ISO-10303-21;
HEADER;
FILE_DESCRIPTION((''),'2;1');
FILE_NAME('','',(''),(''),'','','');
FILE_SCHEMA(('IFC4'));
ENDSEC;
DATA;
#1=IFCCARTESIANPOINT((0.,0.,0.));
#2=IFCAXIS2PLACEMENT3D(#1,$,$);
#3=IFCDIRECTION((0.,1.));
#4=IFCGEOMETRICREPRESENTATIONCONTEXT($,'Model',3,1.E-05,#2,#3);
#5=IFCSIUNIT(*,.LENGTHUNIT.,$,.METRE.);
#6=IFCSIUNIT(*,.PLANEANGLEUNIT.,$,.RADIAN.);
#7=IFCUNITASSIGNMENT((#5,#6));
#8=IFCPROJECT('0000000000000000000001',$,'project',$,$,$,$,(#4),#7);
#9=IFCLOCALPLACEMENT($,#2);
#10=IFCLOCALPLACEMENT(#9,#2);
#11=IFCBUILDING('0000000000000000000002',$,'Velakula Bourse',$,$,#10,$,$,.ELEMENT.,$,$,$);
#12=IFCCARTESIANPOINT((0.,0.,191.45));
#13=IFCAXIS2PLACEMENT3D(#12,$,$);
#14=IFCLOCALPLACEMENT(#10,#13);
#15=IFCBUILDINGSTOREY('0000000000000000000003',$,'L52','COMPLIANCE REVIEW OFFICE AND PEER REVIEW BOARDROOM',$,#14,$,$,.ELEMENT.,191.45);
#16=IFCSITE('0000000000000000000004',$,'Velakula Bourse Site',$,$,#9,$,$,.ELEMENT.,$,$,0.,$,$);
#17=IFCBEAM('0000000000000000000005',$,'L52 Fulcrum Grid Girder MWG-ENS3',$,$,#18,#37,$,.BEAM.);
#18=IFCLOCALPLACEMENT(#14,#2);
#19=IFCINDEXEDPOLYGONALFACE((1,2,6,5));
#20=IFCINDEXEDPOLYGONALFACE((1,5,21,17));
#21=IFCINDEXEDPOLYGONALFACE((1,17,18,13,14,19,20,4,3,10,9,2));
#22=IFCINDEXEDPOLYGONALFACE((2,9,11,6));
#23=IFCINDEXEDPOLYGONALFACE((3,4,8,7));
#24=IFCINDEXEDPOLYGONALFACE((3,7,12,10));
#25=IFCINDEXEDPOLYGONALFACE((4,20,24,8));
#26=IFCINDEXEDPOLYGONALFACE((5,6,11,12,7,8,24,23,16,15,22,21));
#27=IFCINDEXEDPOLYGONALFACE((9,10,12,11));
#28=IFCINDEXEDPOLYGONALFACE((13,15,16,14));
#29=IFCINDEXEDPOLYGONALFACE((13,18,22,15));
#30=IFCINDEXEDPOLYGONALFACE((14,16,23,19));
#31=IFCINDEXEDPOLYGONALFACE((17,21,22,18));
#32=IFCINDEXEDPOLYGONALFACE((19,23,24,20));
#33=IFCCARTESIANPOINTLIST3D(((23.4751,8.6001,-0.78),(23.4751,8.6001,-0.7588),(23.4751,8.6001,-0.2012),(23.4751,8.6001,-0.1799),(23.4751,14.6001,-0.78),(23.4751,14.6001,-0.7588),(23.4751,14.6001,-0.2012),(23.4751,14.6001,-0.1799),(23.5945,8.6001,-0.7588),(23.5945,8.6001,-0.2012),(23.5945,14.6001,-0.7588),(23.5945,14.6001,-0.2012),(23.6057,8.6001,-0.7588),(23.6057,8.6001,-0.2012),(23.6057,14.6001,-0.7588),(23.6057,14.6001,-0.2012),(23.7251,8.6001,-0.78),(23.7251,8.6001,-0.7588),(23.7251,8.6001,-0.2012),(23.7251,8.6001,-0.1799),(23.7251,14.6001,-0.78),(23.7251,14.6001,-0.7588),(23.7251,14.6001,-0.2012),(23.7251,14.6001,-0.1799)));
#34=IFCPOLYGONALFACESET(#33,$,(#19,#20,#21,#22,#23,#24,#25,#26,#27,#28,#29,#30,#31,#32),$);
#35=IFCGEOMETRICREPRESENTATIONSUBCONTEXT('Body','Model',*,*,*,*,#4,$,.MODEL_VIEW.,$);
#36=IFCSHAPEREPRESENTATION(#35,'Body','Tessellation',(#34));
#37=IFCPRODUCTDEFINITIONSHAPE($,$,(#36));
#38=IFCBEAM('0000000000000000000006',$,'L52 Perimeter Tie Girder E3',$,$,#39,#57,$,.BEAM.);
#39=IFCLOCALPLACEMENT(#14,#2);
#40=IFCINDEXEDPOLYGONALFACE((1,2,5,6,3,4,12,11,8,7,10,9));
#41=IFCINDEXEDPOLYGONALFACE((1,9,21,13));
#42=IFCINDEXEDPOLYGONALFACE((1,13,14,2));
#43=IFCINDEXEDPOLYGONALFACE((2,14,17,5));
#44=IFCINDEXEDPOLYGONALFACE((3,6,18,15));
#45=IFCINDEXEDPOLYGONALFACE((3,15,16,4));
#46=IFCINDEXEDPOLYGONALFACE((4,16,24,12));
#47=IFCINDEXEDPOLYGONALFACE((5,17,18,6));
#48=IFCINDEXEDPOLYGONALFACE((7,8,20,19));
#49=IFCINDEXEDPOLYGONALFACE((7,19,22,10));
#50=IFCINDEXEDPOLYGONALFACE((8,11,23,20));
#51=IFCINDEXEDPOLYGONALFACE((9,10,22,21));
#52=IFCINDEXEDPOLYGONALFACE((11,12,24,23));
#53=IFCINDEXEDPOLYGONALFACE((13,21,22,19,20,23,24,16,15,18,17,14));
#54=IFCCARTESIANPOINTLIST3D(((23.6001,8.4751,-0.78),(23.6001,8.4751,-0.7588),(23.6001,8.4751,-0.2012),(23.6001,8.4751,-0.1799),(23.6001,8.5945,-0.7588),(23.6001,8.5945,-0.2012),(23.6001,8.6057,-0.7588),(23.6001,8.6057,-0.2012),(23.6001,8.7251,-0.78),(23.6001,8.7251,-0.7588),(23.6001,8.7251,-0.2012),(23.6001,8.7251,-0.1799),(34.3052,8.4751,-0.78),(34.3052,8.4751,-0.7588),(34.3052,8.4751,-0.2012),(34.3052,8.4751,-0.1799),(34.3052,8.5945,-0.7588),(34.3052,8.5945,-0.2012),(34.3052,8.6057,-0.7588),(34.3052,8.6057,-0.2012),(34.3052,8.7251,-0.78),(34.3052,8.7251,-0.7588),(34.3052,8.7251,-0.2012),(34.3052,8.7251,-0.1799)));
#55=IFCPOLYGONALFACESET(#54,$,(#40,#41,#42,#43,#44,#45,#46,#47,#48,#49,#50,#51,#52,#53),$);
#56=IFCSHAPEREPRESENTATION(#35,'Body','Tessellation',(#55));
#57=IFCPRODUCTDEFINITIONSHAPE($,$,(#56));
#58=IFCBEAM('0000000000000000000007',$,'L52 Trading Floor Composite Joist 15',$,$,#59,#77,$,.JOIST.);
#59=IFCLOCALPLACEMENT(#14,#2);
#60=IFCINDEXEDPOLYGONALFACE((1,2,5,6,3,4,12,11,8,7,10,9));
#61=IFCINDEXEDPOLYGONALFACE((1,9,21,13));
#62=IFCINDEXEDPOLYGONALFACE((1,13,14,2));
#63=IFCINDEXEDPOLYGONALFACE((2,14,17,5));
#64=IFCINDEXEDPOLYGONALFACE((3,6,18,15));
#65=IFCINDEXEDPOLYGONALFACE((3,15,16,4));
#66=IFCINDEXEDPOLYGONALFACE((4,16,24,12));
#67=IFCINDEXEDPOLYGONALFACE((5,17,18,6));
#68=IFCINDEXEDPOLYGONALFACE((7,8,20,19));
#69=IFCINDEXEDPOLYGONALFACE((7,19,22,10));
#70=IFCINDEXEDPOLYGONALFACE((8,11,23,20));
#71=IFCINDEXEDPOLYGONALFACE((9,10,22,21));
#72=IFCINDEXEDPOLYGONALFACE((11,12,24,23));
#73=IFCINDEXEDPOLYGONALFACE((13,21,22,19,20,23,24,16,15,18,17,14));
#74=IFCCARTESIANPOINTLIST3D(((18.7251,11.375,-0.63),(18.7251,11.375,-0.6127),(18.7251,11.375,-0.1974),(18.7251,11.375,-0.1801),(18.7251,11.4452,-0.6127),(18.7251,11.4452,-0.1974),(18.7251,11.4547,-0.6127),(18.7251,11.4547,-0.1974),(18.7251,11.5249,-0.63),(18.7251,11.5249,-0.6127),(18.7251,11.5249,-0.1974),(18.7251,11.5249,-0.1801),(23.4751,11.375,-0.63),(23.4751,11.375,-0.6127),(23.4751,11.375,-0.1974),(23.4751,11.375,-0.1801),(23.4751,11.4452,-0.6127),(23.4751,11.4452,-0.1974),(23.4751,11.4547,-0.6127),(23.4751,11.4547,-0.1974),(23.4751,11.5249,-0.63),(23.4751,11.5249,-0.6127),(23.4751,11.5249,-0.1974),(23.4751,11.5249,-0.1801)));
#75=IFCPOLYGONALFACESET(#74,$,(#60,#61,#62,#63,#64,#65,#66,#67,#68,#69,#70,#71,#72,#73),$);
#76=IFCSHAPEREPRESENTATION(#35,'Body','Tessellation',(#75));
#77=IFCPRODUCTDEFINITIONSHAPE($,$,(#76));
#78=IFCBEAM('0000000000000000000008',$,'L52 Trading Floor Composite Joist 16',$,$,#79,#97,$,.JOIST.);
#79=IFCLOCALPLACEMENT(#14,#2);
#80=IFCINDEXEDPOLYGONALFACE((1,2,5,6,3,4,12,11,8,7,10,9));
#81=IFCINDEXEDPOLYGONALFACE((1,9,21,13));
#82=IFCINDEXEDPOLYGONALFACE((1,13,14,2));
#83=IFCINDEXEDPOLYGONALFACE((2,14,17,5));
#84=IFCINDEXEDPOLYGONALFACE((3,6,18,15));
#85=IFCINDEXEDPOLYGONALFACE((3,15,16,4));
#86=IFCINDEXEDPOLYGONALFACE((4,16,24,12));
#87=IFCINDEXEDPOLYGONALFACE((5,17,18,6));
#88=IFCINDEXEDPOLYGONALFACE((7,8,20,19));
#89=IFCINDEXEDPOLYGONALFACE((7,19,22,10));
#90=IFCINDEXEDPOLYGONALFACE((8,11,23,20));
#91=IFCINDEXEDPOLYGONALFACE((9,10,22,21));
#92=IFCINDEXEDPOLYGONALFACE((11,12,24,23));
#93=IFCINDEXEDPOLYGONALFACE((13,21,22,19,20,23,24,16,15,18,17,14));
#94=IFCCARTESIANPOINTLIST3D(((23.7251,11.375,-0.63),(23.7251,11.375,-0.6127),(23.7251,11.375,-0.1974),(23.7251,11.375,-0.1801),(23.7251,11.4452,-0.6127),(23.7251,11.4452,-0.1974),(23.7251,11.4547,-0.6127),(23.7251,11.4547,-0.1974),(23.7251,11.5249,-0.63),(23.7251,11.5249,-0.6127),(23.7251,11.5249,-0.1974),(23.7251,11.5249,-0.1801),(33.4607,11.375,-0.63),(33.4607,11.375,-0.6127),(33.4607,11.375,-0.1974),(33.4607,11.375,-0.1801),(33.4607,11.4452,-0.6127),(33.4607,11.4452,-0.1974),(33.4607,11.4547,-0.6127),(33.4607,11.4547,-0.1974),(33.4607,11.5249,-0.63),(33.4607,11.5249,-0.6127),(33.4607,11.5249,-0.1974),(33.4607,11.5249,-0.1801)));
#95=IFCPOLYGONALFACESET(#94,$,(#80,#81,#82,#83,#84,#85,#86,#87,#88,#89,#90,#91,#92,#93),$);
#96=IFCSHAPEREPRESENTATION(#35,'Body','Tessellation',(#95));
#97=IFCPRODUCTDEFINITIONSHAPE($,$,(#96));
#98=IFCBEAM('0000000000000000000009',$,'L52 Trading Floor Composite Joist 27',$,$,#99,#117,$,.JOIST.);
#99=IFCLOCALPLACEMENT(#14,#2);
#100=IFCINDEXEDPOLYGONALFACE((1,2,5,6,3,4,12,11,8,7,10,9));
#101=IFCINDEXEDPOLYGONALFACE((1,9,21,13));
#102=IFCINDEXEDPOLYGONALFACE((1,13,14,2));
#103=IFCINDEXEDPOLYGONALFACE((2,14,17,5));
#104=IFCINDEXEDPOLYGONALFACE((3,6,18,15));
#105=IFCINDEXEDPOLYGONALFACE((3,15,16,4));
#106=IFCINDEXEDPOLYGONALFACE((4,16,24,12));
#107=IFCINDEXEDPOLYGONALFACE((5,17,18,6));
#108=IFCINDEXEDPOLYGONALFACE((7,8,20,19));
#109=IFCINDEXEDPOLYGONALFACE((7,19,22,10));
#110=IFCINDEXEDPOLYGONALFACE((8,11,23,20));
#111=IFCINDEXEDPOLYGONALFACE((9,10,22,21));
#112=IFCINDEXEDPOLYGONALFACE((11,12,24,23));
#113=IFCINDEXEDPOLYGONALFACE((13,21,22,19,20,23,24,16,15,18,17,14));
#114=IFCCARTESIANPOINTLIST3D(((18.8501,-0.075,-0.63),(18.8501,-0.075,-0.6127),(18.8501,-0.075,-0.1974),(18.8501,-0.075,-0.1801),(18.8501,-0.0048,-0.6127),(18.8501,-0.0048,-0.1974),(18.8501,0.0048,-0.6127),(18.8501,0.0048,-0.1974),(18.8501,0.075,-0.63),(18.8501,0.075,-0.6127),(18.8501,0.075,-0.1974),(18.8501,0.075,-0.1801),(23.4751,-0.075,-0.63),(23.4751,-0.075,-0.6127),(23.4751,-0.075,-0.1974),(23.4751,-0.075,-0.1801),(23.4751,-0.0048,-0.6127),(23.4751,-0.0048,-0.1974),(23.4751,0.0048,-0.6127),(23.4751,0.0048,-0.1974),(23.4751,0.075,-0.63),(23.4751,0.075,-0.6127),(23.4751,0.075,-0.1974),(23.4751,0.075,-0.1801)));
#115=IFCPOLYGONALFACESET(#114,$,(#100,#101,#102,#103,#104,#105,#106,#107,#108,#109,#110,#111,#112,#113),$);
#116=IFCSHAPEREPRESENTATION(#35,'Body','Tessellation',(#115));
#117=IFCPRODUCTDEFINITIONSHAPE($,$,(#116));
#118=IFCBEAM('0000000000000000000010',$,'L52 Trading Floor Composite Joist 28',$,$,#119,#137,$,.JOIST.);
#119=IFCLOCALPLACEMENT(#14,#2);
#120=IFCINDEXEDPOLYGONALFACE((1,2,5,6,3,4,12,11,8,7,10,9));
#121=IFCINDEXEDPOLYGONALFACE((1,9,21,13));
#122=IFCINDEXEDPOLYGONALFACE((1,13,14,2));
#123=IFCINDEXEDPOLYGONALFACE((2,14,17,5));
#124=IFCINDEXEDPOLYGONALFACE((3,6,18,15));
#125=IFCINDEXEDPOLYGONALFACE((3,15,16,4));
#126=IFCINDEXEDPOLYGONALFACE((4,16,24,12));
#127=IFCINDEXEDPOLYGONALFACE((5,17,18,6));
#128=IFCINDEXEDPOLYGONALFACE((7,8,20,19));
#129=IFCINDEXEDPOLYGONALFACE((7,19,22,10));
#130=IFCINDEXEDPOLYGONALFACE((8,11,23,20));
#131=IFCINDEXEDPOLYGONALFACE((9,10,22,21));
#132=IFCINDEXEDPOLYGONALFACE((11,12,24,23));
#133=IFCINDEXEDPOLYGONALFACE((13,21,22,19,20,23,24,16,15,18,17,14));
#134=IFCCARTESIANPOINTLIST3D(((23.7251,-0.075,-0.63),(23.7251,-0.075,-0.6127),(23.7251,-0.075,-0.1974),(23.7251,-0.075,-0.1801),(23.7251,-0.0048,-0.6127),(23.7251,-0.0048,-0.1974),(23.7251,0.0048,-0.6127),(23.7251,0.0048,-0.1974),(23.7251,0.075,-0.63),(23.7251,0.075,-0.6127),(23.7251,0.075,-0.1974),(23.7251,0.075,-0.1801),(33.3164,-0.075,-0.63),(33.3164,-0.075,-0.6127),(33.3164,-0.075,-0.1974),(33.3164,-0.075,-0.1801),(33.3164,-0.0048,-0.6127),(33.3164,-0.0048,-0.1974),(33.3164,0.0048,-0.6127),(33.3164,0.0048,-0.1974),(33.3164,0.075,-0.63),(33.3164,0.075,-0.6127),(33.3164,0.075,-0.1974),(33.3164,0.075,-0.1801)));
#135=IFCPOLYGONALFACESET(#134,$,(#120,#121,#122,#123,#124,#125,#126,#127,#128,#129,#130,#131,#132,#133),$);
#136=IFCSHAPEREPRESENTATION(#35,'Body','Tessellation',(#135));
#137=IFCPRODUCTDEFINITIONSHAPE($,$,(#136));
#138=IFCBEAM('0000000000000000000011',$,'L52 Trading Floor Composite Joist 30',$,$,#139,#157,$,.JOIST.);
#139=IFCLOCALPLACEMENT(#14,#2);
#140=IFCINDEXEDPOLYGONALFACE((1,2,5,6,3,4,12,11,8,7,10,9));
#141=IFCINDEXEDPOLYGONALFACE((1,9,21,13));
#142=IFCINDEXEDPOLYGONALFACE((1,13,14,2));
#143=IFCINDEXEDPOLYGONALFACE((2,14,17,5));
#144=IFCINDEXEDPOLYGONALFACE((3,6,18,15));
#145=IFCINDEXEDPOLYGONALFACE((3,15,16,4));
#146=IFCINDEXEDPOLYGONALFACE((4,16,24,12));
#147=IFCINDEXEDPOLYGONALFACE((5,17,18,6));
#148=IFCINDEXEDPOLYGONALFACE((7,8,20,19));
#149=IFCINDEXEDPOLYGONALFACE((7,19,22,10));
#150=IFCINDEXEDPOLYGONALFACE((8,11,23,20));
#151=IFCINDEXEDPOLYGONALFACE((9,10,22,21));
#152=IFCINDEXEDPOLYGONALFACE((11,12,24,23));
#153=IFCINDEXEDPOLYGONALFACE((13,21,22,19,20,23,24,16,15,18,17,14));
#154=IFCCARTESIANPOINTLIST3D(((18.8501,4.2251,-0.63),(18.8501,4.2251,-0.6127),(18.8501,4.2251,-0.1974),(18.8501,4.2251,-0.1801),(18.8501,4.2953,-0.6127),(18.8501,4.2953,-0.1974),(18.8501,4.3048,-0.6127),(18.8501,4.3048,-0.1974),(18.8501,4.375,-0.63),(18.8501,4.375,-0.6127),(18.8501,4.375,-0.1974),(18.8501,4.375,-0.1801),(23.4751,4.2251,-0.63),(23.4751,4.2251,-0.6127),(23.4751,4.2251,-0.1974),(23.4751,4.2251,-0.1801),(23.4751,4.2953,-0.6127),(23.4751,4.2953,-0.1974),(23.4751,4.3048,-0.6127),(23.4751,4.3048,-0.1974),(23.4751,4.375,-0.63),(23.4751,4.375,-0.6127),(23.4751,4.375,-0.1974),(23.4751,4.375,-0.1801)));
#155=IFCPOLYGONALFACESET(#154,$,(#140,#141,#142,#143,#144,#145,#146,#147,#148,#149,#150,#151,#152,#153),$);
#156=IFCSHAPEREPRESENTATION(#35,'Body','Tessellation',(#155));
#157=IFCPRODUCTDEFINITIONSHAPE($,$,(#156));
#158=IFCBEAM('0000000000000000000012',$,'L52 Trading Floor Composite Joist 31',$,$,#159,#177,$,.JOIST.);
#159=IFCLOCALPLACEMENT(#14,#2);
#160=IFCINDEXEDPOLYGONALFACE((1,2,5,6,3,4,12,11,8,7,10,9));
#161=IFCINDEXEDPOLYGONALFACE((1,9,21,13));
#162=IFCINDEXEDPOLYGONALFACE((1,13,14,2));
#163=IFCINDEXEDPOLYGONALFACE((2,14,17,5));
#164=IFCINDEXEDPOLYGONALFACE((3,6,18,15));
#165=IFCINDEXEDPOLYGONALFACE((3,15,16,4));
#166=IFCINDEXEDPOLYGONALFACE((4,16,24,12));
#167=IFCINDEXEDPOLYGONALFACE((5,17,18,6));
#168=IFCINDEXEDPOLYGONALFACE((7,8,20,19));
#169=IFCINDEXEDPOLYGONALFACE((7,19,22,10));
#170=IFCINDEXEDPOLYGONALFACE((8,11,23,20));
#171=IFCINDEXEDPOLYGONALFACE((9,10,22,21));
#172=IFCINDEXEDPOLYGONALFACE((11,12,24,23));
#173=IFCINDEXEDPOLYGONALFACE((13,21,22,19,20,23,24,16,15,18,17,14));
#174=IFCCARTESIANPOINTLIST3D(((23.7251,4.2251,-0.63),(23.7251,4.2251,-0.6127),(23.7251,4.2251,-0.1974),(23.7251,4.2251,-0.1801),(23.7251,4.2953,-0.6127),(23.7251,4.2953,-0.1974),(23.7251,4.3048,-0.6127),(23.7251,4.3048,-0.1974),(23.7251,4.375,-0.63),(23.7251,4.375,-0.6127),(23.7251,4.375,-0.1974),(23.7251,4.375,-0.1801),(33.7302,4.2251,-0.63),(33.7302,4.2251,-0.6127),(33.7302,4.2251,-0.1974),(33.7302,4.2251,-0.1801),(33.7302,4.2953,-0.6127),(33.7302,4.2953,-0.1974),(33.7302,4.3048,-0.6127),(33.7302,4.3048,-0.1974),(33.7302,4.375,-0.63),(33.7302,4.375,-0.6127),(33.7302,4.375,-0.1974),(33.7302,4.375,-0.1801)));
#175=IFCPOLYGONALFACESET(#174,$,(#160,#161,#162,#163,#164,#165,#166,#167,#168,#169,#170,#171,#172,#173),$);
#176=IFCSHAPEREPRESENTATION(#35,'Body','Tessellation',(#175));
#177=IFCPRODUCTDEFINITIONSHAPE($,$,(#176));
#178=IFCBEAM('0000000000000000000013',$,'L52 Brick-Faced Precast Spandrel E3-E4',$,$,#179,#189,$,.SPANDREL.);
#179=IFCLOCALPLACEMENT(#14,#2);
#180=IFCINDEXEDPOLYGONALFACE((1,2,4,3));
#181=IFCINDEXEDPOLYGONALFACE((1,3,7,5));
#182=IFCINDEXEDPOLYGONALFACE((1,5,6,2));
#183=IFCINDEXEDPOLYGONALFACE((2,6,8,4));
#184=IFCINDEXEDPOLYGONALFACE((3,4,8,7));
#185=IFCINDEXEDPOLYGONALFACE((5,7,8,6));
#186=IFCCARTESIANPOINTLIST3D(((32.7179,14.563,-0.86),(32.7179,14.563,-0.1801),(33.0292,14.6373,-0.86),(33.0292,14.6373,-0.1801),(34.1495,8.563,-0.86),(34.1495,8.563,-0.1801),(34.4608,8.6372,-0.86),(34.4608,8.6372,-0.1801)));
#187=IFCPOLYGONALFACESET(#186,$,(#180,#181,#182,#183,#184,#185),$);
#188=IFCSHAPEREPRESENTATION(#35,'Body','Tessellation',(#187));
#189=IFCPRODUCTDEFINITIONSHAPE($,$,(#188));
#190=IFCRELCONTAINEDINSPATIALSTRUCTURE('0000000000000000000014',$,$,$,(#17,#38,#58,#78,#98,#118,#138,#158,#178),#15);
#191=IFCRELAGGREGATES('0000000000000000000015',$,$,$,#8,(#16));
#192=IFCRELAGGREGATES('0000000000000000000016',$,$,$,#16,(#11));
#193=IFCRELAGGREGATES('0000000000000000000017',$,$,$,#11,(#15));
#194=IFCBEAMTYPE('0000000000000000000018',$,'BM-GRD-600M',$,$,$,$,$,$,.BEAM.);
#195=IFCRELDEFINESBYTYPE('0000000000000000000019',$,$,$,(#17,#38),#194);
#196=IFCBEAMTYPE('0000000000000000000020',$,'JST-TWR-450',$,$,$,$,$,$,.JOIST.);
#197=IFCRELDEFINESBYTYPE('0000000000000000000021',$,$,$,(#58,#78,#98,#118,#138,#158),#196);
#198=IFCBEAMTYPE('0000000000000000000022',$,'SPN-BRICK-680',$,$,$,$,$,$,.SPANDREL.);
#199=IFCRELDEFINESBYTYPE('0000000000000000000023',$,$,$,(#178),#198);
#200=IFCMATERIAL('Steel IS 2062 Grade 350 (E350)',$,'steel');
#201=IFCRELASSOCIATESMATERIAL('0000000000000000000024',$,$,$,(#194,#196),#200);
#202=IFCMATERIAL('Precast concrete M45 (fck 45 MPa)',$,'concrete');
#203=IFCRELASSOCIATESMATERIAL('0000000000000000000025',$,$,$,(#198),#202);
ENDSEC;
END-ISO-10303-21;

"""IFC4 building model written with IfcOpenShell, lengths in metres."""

from ifc_helpers import new_model, si_unit, direction, frame, origin, origin_2d, place, context, subcontext, project, spatial, rectangle, i_section, extrude, material, material_profile, profile_set, type_object, element, save


model = new_model("IFC4")

# Units and contexts
model_context = context("Model", 3, precision=1e-05, world=origin(), true_north=direction((0.0, 1.0)))
body_context = subcontext(model_context, "Body", "Model", "MODEL_VIEW")
ifc_project = project(units=[si_unit("LENGTHUNIT", "METRE"), si_unit("PLANEANGLEUNIT", "RADIAN")], contexts=[model_context])

# Site, building, storey
site_placement = place(None, origin())
site = spatial("IfcSite", under=ifc_project, at=site_placement, Name="Velakula Bourse Site", CompositionType="ELEMENT", RefElevation=0.0)
building_placement = place(site_placement, origin())
building = spatial("IfcBuilding", under=site, at=building_placement, Name="Velakula Bourse", CompositionType="ELEMENT")
storey_placement = place(building_placement, frame((0.0, 0.0, 191.45)))
storey = spatial("IfcBuildingStorey", under=building, at=storey_placement, Name="L52", Description="COMPLIANCE REVIEW OFFICE AND PEER REVIEW BOARDROOM", CompositionType="ELEMENT", Elevation=191.45)

# Shared definitions
ifc_material_1 = material(Name="Steel IS 2062 Grade 350 (E350)", Category="steel")

# Beams
ifc_material_profile_1 = material_profile(ifc_material_1, i_section(OverallWidth=0.25, OverallDepth=0.6001, WebThickness=0.0112, FlangeThickness=0.0212, at=origin_2d()), Name="Steel IS 2062 Grade 350 (E350)")
ifc_profile_set_1 = profile_set([ifc_material_profile_1], Name="Steel IS 2062 Grade 350 (E350)")
beam_type_1 = type_object("IfcBeamType", Name="BM-GRD-600M", PredefinedType="BEAM", material=ifc_profile_set_1)
beam_1_placement = place(storey_placement, frame((23.6001, 8.6001, -0.48), z_axis=(0.0, 1.0, 0.0), x_axis=(-1.0, 0.0, 0.0)))
element("IfcBeam", 1, at=beam_1_placement, inside=storey, type_object=beam_type_1, Name="L52 Fulcrum Grid Girder MWG-ENS3", PredefinedType="BEAM", context=body_context, shape_type="SweptSolid", body=[
    extrude(i_section(OverallWidth=0.25, OverallDepth=0.6001, WebThickness=0.0112, FlangeThickness=0.0212, at=origin_2d()), origin(), (0.0, 0.0, 1.0), 6.0),
])
beam_2_placement = place(storey_placement, frame((23.6001, 8.6001, -0.48), z_axis=(1.0, 0.0, 0.0), x_axis=(0.0, 1.0, 0.0)))
element("IfcBeam", 2, at=beam_2_placement, inside=storey, type_object=beam_type_1, Name="L52 Perimeter Tie Girder E3", PredefinedType="BEAM", context=body_context, shape_type="SweptSolid", body=[
    extrude(i_section(OverallWidth=0.25, OverallDepth=0.6001, WebThickness=0.0112, FlangeThickness=0.0212, at=origin_2d()), origin(), (0.0, 0.0, 1.0), 10.7051),
])
ifc_material_profile_2 = material_profile(ifc_material_1, i_section(OverallWidth=0.1499, OverallDepth=0.45, WebThickness=0.0095, FlangeThickness=0.0173, at=origin_2d()), Name="Steel IS 2062 Grade 350 (E350)")
ifc_profile_set_2 = profile_set([ifc_material_profile_2], Name="Steel IS 2062 Grade 350 (E350)")
beam_type_2 = type_object("IfcBeamType", Name="JST-TWR-450", PredefinedType="JOIST", material=ifc_profile_set_2)
beam_3_placement = place(storey_placement, frame((18.7251, 11.45, -0.405), z_axis=(1.0, 0.0, 0.0), x_axis=(0.0, 1.0, 0.0)))
element("IfcBeam", 3, at=beam_3_placement, inside=storey, type_object=beam_type_2, Name="L52 Trading Floor Composite Joist 15", PredefinedType="JOIST", context=body_context, shape_type="SweptSolid", body=[
    extrude(i_section(OverallWidth=0.1499, OverallDepth=0.45, WebThickness=0.0095, FlangeThickness=0.0173, at=origin_2d()), origin(), (0.0, 0.0, 1.0), 4.75),
])
beam_4_placement = place(storey_placement, frame((23.7251, 11.45, -0.405), z_axis=(1.0, 0.0, 0.0), x_axis=(0.0, 1.0, 0.0)))
element("IfcBeam", 4, at=beam_4_placement, inside=storey, type_object=beam_type_2, Name="L52 Trading Floor Composite Joist 16", PredefinedType="JOIST", context=body_context, shape_type="SweptSolid", body=[
    extrude(i_section(OverallWidth=0.1499, OverallDepth=0.45, WebThickness=0.0095, FlangeThickness=0.0173, at=origin_2d()), origin(), (0.0, 0.0, 1.0), 9.7356),
])
beam_5_placement = place(storey_placement, frame((18.8501, 0.0, -0.405), z_axis=(1.0, 0.0, 0.0), x_axis=(0.0, 1.0, 0.0)))
element("IfcBeam", 5, at=beam_5_placement, inside=storey, type_object=beam_type_2, Name="L52 Trading Floor Composite Joist 27", PredefinedType="JOIST", context=body_context, shape_type="SweptSolid", body=[
    extrude(i_section(OverallWidth=0.1499, OverallDepth=0.45, WebThickness=0.0095, FlangeThickness=0.0173, at=origin_2d()), origin(), (0.0, 0.0, 1.0), 4.625),
])
beam_6_placement = place(storey_placement, frame((23.7251, 0.0, -0.405), z_axis=(1.0, 0.0, 0.0), x_axis=(0.0, 1.0, 0.0)))
element("IfcBeam", 6, at=beam_6_placement, inside=storey, type_object=beam_type_2, Name="L52 Trading Floor Composite Joist 28", PredefinedType="JOIST", context=body_context, shape_type="SweptSolid", body=[
    extrude(i_section(OverallWidth=0.1499, OverallDepth=0.45, WebThickness=0.0095, FlangeThickness=0.0173, at=origin_2d()), origin(), (0.0, 0.0, 1.0), 9.5913),
])
beam_7_placement = place(storey_placement, frame((18.8501, 4.3, -0.405), z_axis=(1.0, 0.0, 0.0), x_axis=(0.0, 1.0, 0.0)))
element("IfcBeam", 7, at=beam_7_placement, inside=storey, type_object=beam_type_2, Name="L52 Trading Floor Composite Joist 30", PredefinedType="JOIST", context=body_context, shape_type="SweptSolid", body=[
    extrude(i_section(OverallWidth=0.1499, OverallDepth=0.45, WebThickness=0.0095, FlangeThickness=0.0173, at=origin_2d()), origin(), (0.0, 0.0, 1.0), 4.625),
])
beam_8_placement = place(storey_placement, frame((23.7251, 4.3, -0.405), z_axis=(1.0, 0.0, 0.0), x_axis=(0.0, 1.0, 0.0)))
element("IfcBeam", 8, at=beam_8_placement, inside=storey, type_object=beam_type_2, Name="L52 Trading Floor Composite Joist 31", PredefinedType="JOIST", context=body_context, shape_type="SweptSolid", body=[
    extrude(i_section(OverallWidth=0.1499, OverallDepth=0.45, WebThickness=0.0095, FlangeThickness=0.0173, at=origin_2d()), origin(), (0.0, 0.0, 1.0), 10.0051),
])
ifc_material_2 = material(Name="Precast concrete M45 (fck 45 MPa)", Category="concrete")
ifc_material_profile_3 = material_profile(ifc_material_2, rectangle(XDim=0.3201, YDim=0.6799, at=origin_2d()), Name="Precast concrete M45 (fck 45 MPa)")
ifc_profile_set_3 = profile_set([ifc_material_profile_3], Name="Precast concrete M45 (fck 45 MPa)")
beam_type_3 = type_object("IfcBeamType", Name="SPN-BRICK-680", PredefinedType="SPANDREL", material=ifc_profile_set_3)
beam_9_placement = place(storey_placement, frame((34.3052, 8.6001, -0.52), z_axis=(-0.232091, 0.972694, 0.0), x_axis=(-0.972694, -0.232091, 0.0)))
element("IfcBeam", 9, at=beam_9_placement, inside=storey, type_object=beam_type_3, Name="L52 Brick-Faced Precast Spandrel E3-E4", PredefinedType="SPANDREL", context=body_context, shape_type="SweptSolid", body=[
    extrude(rectangle(XDim=0.3201, YDim=0.6799, at=origin_2d()), origin(), (0.0, 0.0, 1.0), 6.1685),
])

save(model, "model.ifc")
